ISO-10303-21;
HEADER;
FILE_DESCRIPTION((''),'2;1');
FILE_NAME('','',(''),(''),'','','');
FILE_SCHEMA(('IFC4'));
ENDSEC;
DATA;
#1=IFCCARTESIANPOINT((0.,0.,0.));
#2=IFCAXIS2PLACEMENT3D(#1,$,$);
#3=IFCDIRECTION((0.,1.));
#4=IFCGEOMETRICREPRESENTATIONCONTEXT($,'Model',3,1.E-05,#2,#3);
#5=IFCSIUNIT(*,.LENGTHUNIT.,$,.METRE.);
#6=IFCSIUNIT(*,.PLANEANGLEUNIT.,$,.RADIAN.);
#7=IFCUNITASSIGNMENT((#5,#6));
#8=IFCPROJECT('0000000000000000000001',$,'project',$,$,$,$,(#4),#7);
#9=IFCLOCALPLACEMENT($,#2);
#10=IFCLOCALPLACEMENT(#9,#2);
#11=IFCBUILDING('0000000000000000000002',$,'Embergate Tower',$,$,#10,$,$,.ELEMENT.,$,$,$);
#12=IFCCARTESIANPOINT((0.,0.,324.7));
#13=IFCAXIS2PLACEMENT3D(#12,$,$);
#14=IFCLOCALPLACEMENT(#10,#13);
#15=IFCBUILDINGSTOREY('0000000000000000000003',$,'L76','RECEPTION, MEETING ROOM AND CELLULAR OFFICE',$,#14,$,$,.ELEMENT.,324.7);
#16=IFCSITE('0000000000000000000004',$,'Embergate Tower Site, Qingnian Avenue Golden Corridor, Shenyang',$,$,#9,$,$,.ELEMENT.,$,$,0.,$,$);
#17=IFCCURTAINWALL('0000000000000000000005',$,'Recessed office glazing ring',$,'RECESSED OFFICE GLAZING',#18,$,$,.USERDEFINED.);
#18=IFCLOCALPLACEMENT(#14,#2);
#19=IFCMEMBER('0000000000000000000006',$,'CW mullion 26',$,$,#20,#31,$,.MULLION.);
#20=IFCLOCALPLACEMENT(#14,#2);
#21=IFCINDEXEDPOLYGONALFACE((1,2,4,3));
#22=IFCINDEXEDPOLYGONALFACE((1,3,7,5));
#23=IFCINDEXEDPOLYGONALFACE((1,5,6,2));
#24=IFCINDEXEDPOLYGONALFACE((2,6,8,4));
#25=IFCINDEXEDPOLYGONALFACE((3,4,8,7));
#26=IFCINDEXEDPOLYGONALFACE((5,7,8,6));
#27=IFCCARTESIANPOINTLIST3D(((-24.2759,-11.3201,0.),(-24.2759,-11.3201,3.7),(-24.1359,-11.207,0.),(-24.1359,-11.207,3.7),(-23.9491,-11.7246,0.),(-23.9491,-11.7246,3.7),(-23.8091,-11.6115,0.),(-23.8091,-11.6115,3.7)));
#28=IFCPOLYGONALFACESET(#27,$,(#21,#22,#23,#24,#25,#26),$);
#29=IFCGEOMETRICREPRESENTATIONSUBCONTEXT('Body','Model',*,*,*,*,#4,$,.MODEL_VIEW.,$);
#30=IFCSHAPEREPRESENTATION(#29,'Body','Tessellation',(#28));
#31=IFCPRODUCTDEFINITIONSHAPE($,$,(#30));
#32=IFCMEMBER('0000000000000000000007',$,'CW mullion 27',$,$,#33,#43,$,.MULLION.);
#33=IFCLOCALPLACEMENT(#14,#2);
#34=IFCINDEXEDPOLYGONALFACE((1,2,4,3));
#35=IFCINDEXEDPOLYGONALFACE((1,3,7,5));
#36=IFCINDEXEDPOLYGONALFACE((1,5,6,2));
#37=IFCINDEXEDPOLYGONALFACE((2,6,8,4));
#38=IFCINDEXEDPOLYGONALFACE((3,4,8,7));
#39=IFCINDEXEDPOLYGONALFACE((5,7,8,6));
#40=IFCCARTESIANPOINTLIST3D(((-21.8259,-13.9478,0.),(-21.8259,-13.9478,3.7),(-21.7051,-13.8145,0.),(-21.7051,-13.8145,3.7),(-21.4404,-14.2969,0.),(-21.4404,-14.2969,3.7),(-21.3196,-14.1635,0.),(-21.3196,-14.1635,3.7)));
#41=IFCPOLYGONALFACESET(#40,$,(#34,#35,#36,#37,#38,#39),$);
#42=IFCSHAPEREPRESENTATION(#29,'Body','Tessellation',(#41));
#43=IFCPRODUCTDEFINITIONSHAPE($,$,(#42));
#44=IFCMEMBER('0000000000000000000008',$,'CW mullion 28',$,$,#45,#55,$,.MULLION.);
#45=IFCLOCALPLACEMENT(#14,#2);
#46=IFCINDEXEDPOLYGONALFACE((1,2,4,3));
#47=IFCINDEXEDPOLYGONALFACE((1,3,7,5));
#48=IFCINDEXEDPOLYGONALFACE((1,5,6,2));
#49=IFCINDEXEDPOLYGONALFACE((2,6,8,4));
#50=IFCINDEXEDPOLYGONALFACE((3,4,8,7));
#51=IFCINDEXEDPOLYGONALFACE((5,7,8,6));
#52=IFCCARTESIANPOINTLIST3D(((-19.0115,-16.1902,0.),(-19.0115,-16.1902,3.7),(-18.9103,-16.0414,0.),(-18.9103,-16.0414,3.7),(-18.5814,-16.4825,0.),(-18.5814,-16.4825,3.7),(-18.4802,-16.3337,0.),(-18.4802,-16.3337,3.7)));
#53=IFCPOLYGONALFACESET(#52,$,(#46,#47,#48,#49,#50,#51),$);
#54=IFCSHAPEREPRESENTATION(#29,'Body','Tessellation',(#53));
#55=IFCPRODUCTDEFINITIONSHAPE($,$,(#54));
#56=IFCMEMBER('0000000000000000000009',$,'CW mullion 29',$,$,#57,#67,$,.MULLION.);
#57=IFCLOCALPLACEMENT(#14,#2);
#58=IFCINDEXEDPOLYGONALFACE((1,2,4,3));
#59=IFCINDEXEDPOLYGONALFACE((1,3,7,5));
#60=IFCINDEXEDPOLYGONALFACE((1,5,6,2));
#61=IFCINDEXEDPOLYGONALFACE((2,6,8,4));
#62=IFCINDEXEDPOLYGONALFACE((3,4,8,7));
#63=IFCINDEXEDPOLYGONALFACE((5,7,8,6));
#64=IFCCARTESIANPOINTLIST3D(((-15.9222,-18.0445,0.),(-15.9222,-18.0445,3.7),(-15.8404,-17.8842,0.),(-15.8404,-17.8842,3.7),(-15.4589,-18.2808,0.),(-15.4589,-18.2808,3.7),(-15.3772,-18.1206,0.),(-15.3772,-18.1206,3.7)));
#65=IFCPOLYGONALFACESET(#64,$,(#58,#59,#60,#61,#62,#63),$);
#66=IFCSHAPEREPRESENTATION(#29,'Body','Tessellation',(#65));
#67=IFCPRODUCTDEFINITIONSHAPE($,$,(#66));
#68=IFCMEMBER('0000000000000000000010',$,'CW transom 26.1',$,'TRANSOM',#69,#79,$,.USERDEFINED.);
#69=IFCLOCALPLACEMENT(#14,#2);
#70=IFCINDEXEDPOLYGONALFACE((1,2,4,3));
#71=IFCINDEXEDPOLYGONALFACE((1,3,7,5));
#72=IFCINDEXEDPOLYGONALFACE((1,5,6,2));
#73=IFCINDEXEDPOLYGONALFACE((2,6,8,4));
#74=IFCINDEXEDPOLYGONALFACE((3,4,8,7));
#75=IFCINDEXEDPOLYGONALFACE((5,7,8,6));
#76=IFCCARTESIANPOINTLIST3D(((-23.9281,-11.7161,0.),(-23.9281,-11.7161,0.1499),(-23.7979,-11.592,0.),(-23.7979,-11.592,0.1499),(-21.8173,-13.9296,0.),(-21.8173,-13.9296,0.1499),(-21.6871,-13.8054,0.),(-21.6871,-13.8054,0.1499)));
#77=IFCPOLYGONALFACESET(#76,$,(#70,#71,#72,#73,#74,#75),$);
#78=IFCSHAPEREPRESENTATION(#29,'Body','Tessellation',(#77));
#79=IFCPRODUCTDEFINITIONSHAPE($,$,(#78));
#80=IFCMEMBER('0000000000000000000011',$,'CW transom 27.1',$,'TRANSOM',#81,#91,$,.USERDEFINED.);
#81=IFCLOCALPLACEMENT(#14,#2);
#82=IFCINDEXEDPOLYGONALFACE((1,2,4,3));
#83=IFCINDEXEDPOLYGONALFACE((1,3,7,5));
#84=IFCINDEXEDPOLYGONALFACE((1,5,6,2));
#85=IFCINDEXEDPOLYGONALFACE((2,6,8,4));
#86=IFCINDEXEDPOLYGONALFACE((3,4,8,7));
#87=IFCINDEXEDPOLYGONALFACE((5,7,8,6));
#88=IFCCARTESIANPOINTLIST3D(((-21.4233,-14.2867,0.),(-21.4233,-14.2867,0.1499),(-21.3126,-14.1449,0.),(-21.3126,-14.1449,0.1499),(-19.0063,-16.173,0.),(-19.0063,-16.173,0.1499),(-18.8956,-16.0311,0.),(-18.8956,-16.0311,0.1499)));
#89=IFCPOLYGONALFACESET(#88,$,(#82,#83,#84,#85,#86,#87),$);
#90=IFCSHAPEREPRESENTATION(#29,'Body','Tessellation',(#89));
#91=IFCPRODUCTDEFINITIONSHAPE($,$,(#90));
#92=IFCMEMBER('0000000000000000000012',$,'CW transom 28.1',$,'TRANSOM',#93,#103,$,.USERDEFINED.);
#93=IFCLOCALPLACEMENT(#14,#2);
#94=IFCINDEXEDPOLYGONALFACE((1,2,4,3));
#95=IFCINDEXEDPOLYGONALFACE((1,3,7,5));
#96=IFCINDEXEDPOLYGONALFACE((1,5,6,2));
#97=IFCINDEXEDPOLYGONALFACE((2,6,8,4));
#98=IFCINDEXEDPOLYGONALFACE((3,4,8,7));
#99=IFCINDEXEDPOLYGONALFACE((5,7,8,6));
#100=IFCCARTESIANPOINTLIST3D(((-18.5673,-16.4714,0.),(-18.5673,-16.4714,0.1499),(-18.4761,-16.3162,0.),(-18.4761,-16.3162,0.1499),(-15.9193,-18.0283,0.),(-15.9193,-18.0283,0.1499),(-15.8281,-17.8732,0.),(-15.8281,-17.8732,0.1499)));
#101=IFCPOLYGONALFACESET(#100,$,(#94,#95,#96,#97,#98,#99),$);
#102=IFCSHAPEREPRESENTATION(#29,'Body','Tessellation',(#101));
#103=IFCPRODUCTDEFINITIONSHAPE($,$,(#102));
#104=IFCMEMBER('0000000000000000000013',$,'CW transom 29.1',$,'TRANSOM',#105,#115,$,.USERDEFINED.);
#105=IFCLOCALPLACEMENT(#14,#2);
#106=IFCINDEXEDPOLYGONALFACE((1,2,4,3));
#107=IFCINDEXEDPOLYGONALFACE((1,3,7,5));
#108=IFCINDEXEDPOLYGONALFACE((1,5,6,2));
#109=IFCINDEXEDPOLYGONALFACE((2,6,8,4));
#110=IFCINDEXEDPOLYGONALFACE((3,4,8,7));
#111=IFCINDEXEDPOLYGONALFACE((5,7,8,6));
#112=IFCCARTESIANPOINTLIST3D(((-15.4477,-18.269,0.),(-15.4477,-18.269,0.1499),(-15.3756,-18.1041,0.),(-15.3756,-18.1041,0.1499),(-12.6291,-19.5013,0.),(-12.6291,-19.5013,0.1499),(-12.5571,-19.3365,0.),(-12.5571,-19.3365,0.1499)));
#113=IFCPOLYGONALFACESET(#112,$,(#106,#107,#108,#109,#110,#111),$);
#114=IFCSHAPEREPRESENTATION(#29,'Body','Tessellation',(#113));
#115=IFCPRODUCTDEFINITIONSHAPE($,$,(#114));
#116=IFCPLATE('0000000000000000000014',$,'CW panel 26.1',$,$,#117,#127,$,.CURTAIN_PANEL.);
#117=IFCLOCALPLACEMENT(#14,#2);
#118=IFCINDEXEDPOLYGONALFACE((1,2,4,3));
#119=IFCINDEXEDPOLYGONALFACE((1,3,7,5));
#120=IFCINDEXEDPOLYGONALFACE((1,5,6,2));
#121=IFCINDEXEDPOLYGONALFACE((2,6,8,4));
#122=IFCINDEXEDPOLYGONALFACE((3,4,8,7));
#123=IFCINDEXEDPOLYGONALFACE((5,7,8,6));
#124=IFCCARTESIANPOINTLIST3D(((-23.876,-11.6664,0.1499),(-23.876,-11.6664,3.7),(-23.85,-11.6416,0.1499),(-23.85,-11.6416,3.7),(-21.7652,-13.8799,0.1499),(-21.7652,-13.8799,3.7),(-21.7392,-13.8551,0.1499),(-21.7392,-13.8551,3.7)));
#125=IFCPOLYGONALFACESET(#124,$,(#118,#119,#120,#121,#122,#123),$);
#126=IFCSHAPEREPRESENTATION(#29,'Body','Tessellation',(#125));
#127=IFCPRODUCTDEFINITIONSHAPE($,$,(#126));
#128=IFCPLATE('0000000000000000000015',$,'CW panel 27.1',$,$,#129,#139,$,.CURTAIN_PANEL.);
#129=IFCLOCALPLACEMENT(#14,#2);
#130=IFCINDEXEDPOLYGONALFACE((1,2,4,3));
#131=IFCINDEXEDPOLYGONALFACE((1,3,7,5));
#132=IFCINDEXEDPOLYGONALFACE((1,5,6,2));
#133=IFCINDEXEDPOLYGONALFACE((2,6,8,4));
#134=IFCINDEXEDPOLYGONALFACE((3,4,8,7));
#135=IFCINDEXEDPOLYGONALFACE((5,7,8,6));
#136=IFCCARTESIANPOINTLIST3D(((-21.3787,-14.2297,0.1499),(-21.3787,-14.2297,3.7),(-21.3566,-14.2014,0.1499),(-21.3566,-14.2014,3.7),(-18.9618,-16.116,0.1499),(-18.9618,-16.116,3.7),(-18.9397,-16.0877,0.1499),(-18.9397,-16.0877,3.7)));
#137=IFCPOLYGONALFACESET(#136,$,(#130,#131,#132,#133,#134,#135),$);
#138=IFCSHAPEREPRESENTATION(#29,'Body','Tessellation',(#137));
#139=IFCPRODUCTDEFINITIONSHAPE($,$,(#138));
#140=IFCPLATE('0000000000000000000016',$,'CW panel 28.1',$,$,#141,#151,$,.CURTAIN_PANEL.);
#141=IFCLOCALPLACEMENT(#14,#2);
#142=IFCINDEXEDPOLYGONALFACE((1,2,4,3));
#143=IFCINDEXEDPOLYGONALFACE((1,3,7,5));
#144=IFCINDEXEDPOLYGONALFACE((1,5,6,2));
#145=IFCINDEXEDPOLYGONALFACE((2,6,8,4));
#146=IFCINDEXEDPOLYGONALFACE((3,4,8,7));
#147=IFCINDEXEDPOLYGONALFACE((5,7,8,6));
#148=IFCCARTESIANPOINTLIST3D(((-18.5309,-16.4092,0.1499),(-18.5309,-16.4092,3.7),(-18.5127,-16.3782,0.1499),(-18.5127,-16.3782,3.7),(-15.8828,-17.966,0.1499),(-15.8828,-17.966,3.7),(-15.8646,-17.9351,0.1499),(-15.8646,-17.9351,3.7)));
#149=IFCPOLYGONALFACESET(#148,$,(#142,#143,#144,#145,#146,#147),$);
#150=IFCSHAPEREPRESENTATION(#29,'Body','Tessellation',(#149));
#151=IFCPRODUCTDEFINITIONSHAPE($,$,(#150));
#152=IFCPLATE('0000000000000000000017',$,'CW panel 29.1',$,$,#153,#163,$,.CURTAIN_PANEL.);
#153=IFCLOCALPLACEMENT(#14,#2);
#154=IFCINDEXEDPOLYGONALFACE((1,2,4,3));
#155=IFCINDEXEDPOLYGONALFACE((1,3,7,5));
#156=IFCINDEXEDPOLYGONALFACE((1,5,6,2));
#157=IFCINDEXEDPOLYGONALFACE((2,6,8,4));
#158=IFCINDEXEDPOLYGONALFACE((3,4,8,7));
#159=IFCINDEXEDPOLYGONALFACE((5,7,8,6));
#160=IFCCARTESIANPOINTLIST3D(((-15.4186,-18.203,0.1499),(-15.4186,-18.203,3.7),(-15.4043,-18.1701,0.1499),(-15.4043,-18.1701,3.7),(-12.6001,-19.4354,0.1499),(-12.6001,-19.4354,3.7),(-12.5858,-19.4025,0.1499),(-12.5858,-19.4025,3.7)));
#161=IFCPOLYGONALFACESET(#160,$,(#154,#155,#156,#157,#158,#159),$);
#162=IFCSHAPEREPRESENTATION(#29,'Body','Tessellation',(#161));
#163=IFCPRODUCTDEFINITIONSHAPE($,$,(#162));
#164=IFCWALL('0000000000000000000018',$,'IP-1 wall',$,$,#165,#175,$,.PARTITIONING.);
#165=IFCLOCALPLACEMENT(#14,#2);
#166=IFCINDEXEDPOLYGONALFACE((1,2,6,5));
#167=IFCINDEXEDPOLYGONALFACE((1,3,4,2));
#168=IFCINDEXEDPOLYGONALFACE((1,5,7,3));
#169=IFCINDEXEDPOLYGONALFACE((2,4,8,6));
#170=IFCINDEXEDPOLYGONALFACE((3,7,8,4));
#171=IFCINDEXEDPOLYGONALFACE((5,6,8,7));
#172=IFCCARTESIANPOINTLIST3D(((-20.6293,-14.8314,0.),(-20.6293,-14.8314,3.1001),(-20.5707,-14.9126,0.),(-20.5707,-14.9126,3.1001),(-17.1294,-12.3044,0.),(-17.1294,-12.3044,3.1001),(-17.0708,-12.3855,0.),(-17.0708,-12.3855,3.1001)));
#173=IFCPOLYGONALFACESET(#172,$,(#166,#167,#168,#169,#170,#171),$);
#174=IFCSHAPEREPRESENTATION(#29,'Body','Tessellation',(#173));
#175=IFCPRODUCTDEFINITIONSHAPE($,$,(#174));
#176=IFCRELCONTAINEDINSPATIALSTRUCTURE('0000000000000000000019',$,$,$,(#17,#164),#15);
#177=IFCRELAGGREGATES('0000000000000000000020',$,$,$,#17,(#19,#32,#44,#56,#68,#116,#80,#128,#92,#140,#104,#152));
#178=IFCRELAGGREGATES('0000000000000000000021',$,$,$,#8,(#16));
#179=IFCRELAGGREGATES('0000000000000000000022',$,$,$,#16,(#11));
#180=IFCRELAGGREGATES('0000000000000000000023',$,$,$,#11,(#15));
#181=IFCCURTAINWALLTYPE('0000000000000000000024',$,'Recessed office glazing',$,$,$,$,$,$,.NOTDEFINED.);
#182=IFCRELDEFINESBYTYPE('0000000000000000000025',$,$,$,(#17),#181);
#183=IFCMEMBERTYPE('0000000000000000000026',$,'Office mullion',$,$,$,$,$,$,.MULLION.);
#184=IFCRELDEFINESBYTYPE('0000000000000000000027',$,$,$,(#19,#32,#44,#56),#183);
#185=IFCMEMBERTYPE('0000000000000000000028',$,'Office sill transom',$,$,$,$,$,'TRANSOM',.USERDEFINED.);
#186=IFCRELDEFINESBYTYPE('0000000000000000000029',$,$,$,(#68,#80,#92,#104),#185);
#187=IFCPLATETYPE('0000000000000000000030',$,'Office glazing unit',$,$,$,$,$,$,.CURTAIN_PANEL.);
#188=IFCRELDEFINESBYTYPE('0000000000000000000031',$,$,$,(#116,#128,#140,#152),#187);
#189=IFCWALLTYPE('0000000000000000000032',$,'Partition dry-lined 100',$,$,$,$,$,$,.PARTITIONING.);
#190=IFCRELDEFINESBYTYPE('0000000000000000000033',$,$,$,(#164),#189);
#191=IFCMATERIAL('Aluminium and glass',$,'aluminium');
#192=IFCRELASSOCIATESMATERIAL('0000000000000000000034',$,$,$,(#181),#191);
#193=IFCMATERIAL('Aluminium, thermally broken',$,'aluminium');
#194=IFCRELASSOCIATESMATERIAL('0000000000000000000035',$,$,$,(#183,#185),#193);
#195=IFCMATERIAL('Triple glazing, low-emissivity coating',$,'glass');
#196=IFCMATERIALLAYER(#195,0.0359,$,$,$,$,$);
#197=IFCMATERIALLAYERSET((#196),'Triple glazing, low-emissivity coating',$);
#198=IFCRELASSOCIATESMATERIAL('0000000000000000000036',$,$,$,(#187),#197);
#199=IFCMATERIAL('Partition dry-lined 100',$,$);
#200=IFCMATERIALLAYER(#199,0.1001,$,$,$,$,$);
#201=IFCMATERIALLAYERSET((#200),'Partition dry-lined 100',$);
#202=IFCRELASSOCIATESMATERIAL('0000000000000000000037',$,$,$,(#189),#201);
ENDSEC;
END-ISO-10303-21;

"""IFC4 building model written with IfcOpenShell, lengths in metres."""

from ifc_helpers import new_model, si_unit, direction, frame, frame_2d, origin, origin_2d, place, context, subcontext, project, spatial, rectangle, extrude, source, transform, mapped, material, layer, layer_set, material_profile, profile_set, type_object, element, aggregate, save


model = new_model("IFC4")

# Units and contexts
model_context = context("Model", 3, precision=1e-05, world=origin(), true_north=direction((0.0, 1.0)))
body_context = subcontext(model_context, "Body", "Model", "MODEL_VIEW")
ifc_project = project(units=[si_unit("LENGTHUNIT", "METRE"), si_unit("PLANEANGLEUNIT", "RADIAN")], contexts=[model_context])

# Site, building, storey
site_placement = place(None, origin())
site = spatial("IfcSite", under=ifc_project, at=site_placement, Name="Embergate Tower Site, Qingnian Avenue Golden Corridor, Shenyang", CompositionType="ELEMENT", RefElevation=0.0)
building_placement = place(site_placement, origin())
building = spatial("IfcBuilding", under=site, at=building_placement, Name="Embergate Tower", CompositionType="ELEMENT")
storey_placement = place(building_placement, frame((0.0, 0.0, 324.7)))
storey = spatial("IfcBuildingStorey", under=building, at=storey_placement, Name="L76", Description="RECEPTION, MEETING ROOM AND CELLULAR OFFICE", CompositionType="ELEMENT", Elevation=324.7)

# Curtain wall, members, plates
ifc_material_1 = material(Name="Aluminium and glass", Category="aluminium")
curtain_wall_type = type_object("IfcCurtainWallType", Name="Recessed office glazing", PredefinedType="NOTDEFINED", material=ifc_material_1)
curtain_wall_placement = place(storey_placement, origin())
curtain_wall = element("IfcCurtainWall", 1, at=curtain_wall_placement, inside=storey, type_object=curtain_wall_type, Name="Recessed office glazing ring", ObjectType="RECESSED OFFICE GLAZING", PredefinedType="USERDEFINED")
ifc_material_2 = material(Name="Aluminium, thermally broken", Category="aluminium")
ifc_material_profile_1 = material_profile(ifc_material_2, rectangle(XDim=0.1799, YDim=0.52, at=origin_2d()), Name="AL 520x180")
ifc_profile_set_1 = profile_set([ifc_material_profile_1], Name="Aluminium, thermally broken")
member_type_1 = type_object("IfcMemberType", Name="Office mullion", PredefinedType="MULLION", material=ifc_profile_set_1)
shared_shape_1 = source(origin(), body_context, "Body", "SweptSolid", [
    extrude(rectangle(XDim=0.1799, YDim=0.52, at=origin_2d()), origin(), (0.0, 0.0, 1.0), 3.7),
])
member_1_placement = place(storey_placement, frame((-24.0425, -11.4658, 0.0), z_axis=(0.0, 0.0, 1.0), x_axis=(0.777862, 0.628436, 0.0)))
member_1 = element("IfcMember", 2, at=member_1_placement, type_object=member_type_1, Name="CW mullion 26", PredefinedType="MULLION", context=body_context, shape_type="MappedRepresentation", body=[
    mapped(shared_shape_1, transform((0.0, 0.0, 0.0))),
])
member_2_placement = place(storey_placement, frame((-21.5728, -14.0557, 0.0), z_axis=(0.0, 0.0, 1.0), x_axis=(0.671217, 0.74126, 0.0)))
member_2 = element("IfcMember", 3, at=member_2_placement, type_object=member_type_1, Name="CW mullion 27", PredefinedType="MULLION", context=body_context, shape_type="MappedRepresentation", body=[
    mapped(shared_shape_1, transform((0.0, 0.0, 0.0))),
])
member_3_placement = place(storey_placement, frame((-18.7458, -16.262, 0.0), z_axis=(0.0, 0.0, 1.0), x_axis=(0.56221, 0.826994, 0.0)))
member_3 = element("IfcMember", 4, at=member_3_placement, type_object=member_type_1, Name="CW mullion 28", PredefinedType="MULLION", context=body_context, shape_type="MappedRepresentation", body=[
    mapped(shared_shape_1, transform((0.0, 0.0, 0.0))),
])
member_4_placement = place(storey_placement, frame((-15.6497, -18.0825, 0.0), z_axis=(0.0, 0.0, 1.0), x_axis=(0.454508, 0.890743, 0.0)))
member_4 = element("IfcMember", 5, at=member_4_placement, type_object=member_type_1, Name="CW mullion 29", PredefinedType="MULLION", context=body_context, shape_type="MappedRepresentation", body=[
    mapped(shared_shape_1, transform((0.0, 0.0, 0.0))),
])
ifc_material_profile_2 = material_profile(ifc_material_2, rectangle(XDim=0.1799, YDim=0.1499, at=origin_2d()), Name="AL 150x180")
ifc_profile_set_2 = profile_set([ifc_material_profile_2], Name="Aluminium, thermally broken")
member_type_2 = type_object("IfcMemberType", Name="Office sill transom", ElementType="TRANSOM", PredefinedType="USERDEFINED", material=ifc_profile_set_2)
shared_shape_2 = source(origin(), body_context, "Body", "SweptSolid", [
    extrude(rectangle(XDim=0.1799, YDim=0.1499, at=origin_2d()), origin(), (0.0, 0.0, 1.0), 3.0586),
])
member_5_placement = place(storey_placement, frame((-23.863, -11.6541, 0.075), z_axis=(0.690145, -0.723671, 0.0), x_axis=(0.723671, 0.690145, 0.0)))
member_5 = element("IfcMember", 6, at=member_5_placement, type_object=member_type_2, Name="CW transom 26.1", ObjectType="TRANSOM", PredefinedType="USERDEFINED", context=body_context, shape_type="MappedRepresentation", body=[
    mapped(shared_shape_2, transform((0.0, 0.0, 0.0))),
])
shared_shape_3 = source(origin(), body_context, "Body", "SweptSolid", [
    extrude(rectangle(XDim=0.1799, YDim=0.1499, at=origin_2d()), origin(), (0.0, 0.0, 1.0), 3.0659),
])
member_6_placement = place(storey_placement, frame((-21.3679, -14.2158, 0.075), z_axis=(0.788348, -0.61523, 0.0), x_axis=(0.61523, 0.788348, 0.0)))
member_6 = element("IfcMember", 7, at=member_6_placement, type_object=member_type_2, Name="CW transom 27.1", ObjectType="TRANSOM", PredefinedType="USERDEFINED", context=body_context, shape_type="MappedRepresentation", body=[
    mapped(shared_shape_3, transform((0.0, 0.0, 0.0))),
])
shared_shape_4 = source(origin(), body_context, "Body", "SweptSolid", [
    extrude(rectangle(XDim=0.1799, YDim=0.1499, at=origin_2d()), origin(), (0.0, 0.0, 1.0), 3.0718),
])
member_7_placement = place(storey_placement, frame((-18.5217, -16.3938, 0.075), z_axis=(0.862038, -0.506843, 0.0), x_axis=(0.506843, 0.862038, 0.0)))
member_7 = element("IfcMember", 8, at=member_7_placement, type_object=member_type_2, Name="CW transom 28.1", ObjectType="TRANSOM", PredefinedType="USERDEFINED", context=body_context, shape_type="MappedRepresentation", body=[
    mapped(shared_shape_4, transform((0.0, 0.0, 0.0))),
])
shared_shape_5 = source(origin(), body_context, "Body", "SweptSolid", [
    extrude(rectangle(XDim=0.1799, YDim=0.1499, at=origin_2d()), origin(), (0.0, 0.0, 1.0), 3.0762),
])
member_8_placement = place(storey_placement, frame((-15.4116, -18.1865, 0.075), z_axis=(0.916243, -0.400623, 0.0), x_axis=(0.400623, 0.916243, 0.0)))
member_8 = element("IfcMember", 9, at=member_8_placement, type_object=member_type_2, Name="CW transom 29.1", ObjectType="TRANSOM", PredefinedType="USERDEFINED", context=body_context, shape_type="MappedRepresentation", body=[
    mapped(shared_shape_5, transform((0.0, 0.0, 0.0))),
])
ifc_material_3 = material(Name="Triple glazing, low-emissivity coating", Category="glass")
ifc_layer_1 = layer(ifc_material_3, 0.0359)
ifc_layer_set_1 = layer_set([ifc_layer_1], Name="Triple glazing, low-emissivity coating")
plate_type = type_object("IfcPlateType", Name="Office glazing unit", PredefinedType="CURTAIN_PANEL", material=ifc_layer_set_1)
shared_shape_6 = source(origin(), body_context, "Body", "SweptSolid", [
    extrude(rectangle(XDim=3.0586, YDim=0.0359, at=origin_2d()), origin(), (0.0, 0.0, 1.0), 3.55),
])
plate_1_placement = place(storey_placement, frame((-22.8076, -12.7607, 0.1499), z_axis=(0.0, 0.0, 1.0), x_axis=(0.690133, -0.723683, 0.0)))
plate_1 = element("IfcPlate", 10, at=plate_1_placement, type_object=plate_type, Name="CW panel 26.1", PredefinedType="CURTAIN_PANEL", context=body_context, shape_type="MappedRepresentation", body=[
    mapped(shared_shape_6, transform((0.0, 0.0, 0.0))),
])
shared_shape_7 = source(origin(), body_context, "Body", "SweptSolid", [
    extrude(rectangle(XDim=3.0659, YDim=0.0359, at=origin_2d()), origin(), (0.0, 0.0, 1.0), 3.55),
])
plate_2_placement = place(storey_placement, frame((-20.1592, -15.1587, 0.1499), z_axis=(0.0, 0.0, 1.0), x_axis=(0.788318, -0.615268, 0.0)))
plate_2 = element("IfcPlate", 11, at=plate_2_placement, type_object=plate_type, Name="CW panel 27.1", PredefinedType="CURTAIN_PANEL", context=body_context, shape_type="MappedRepresentation", body=[
    mapped(shared_shape_7, transform((0.0, 0.0, 0.0))),
])
shared_shape_8 = source(origin(), body_context, "Body", "SweptSolid", [
    extrude(rectangle(XDim=3.0718, YDim=0.0359, at=origin_2d()), origin(), (0.0, 0.0, 1.0), 3.55),
])
plate_3_placement = place(storey_placement, frame((-17.1978, -17.1721, 0.1499), z_axis=(0.0, 0.0, 1.0), x_axis=(0.862051, -0.506822, 0.0)))
plate_3 = element("IfcPlate", 12, at=plate_3_placement, type_object=plate_type, Name="CW panel 28.1", PredefinedType="CURTAIN_PANEL", context=body_context, shape_type="MappedRepresentation", body=[
    mapped(shared_shape_8, transform((0.0, 0.0, 0.0))),
])
shared_shape_9 = source(origin(), body_context, "Body", "SweptSolid", [
    extrude(rectangle(XDim=3.0762, YDim=0.0359, at=origin_2d()), origin(), (0.0, 0.0, 1.0), 3.55),
])
plate_4_placement = place(storey_placement, frame((-14.0022, -18.8027, 0.1499), z_axis=(0.0, 0.0, 1.0), x_axis=(0.916234, -0.400643, 0.0)))
plate_4 = element("IfcPlate", 13, at=plate_4_placement, type_object=plate_type, Name="CW panel 29.1", PredefinedType="CURTAIN_PANEL", context=body_context, shape_type="MappedRepresentation", body=[
    mapped(shared_shape_9, transform((0.0, 0.0, 0.0))),
])
aggregate(curtain_wall, [member_1, member_2, member_3, member_4, member_5, plate_1, member_6, plate_2, member_7, plate_3, member_8, plate_4])

# Wall
ifc_material_4 = material(Name="Partition dry-lined 100")
ifc_layer_2 = layer(ifc_material_4, 0.1001)
ifc_layer_set_2 = layer_set([ifc_layer_2], Name="Partition dry-lined 100")
wall_type = type_object("IfcWallType", Name="Partition dry-lined 100", PredefinedType="PARTITIONING", material=ifc_layer_set_2)
shared_shape_10 = source(origin(), body_context, "Body", "SweptSolid", [
    extrude(rectangle(XDim=4.3169, YDim=0.1001, at=frame_2d((2.1584, 0.0))), origin(), (0.0, 0.0, 1.0), 3.1001),
])
wall_1_placement = place(storey_placement, frame((-17.1001, -12.345, 0.0), z_axis=(0.0, 0.0, 1.0), x_axis=(-0.810754, -0.585387, 0.0)))
element("IfcWall", 14, at=wall_1_placement, inside=storey, type_object=wall_type, Name="IP-1 wall", PredefinedType="PARTITIONING", context=body_context, shape_type="MappedRepresentation", body=[
    mapped(shared_shape_10, transform((0.0, 0.0, 0.0))),
])

save(model, "model.ifc")
